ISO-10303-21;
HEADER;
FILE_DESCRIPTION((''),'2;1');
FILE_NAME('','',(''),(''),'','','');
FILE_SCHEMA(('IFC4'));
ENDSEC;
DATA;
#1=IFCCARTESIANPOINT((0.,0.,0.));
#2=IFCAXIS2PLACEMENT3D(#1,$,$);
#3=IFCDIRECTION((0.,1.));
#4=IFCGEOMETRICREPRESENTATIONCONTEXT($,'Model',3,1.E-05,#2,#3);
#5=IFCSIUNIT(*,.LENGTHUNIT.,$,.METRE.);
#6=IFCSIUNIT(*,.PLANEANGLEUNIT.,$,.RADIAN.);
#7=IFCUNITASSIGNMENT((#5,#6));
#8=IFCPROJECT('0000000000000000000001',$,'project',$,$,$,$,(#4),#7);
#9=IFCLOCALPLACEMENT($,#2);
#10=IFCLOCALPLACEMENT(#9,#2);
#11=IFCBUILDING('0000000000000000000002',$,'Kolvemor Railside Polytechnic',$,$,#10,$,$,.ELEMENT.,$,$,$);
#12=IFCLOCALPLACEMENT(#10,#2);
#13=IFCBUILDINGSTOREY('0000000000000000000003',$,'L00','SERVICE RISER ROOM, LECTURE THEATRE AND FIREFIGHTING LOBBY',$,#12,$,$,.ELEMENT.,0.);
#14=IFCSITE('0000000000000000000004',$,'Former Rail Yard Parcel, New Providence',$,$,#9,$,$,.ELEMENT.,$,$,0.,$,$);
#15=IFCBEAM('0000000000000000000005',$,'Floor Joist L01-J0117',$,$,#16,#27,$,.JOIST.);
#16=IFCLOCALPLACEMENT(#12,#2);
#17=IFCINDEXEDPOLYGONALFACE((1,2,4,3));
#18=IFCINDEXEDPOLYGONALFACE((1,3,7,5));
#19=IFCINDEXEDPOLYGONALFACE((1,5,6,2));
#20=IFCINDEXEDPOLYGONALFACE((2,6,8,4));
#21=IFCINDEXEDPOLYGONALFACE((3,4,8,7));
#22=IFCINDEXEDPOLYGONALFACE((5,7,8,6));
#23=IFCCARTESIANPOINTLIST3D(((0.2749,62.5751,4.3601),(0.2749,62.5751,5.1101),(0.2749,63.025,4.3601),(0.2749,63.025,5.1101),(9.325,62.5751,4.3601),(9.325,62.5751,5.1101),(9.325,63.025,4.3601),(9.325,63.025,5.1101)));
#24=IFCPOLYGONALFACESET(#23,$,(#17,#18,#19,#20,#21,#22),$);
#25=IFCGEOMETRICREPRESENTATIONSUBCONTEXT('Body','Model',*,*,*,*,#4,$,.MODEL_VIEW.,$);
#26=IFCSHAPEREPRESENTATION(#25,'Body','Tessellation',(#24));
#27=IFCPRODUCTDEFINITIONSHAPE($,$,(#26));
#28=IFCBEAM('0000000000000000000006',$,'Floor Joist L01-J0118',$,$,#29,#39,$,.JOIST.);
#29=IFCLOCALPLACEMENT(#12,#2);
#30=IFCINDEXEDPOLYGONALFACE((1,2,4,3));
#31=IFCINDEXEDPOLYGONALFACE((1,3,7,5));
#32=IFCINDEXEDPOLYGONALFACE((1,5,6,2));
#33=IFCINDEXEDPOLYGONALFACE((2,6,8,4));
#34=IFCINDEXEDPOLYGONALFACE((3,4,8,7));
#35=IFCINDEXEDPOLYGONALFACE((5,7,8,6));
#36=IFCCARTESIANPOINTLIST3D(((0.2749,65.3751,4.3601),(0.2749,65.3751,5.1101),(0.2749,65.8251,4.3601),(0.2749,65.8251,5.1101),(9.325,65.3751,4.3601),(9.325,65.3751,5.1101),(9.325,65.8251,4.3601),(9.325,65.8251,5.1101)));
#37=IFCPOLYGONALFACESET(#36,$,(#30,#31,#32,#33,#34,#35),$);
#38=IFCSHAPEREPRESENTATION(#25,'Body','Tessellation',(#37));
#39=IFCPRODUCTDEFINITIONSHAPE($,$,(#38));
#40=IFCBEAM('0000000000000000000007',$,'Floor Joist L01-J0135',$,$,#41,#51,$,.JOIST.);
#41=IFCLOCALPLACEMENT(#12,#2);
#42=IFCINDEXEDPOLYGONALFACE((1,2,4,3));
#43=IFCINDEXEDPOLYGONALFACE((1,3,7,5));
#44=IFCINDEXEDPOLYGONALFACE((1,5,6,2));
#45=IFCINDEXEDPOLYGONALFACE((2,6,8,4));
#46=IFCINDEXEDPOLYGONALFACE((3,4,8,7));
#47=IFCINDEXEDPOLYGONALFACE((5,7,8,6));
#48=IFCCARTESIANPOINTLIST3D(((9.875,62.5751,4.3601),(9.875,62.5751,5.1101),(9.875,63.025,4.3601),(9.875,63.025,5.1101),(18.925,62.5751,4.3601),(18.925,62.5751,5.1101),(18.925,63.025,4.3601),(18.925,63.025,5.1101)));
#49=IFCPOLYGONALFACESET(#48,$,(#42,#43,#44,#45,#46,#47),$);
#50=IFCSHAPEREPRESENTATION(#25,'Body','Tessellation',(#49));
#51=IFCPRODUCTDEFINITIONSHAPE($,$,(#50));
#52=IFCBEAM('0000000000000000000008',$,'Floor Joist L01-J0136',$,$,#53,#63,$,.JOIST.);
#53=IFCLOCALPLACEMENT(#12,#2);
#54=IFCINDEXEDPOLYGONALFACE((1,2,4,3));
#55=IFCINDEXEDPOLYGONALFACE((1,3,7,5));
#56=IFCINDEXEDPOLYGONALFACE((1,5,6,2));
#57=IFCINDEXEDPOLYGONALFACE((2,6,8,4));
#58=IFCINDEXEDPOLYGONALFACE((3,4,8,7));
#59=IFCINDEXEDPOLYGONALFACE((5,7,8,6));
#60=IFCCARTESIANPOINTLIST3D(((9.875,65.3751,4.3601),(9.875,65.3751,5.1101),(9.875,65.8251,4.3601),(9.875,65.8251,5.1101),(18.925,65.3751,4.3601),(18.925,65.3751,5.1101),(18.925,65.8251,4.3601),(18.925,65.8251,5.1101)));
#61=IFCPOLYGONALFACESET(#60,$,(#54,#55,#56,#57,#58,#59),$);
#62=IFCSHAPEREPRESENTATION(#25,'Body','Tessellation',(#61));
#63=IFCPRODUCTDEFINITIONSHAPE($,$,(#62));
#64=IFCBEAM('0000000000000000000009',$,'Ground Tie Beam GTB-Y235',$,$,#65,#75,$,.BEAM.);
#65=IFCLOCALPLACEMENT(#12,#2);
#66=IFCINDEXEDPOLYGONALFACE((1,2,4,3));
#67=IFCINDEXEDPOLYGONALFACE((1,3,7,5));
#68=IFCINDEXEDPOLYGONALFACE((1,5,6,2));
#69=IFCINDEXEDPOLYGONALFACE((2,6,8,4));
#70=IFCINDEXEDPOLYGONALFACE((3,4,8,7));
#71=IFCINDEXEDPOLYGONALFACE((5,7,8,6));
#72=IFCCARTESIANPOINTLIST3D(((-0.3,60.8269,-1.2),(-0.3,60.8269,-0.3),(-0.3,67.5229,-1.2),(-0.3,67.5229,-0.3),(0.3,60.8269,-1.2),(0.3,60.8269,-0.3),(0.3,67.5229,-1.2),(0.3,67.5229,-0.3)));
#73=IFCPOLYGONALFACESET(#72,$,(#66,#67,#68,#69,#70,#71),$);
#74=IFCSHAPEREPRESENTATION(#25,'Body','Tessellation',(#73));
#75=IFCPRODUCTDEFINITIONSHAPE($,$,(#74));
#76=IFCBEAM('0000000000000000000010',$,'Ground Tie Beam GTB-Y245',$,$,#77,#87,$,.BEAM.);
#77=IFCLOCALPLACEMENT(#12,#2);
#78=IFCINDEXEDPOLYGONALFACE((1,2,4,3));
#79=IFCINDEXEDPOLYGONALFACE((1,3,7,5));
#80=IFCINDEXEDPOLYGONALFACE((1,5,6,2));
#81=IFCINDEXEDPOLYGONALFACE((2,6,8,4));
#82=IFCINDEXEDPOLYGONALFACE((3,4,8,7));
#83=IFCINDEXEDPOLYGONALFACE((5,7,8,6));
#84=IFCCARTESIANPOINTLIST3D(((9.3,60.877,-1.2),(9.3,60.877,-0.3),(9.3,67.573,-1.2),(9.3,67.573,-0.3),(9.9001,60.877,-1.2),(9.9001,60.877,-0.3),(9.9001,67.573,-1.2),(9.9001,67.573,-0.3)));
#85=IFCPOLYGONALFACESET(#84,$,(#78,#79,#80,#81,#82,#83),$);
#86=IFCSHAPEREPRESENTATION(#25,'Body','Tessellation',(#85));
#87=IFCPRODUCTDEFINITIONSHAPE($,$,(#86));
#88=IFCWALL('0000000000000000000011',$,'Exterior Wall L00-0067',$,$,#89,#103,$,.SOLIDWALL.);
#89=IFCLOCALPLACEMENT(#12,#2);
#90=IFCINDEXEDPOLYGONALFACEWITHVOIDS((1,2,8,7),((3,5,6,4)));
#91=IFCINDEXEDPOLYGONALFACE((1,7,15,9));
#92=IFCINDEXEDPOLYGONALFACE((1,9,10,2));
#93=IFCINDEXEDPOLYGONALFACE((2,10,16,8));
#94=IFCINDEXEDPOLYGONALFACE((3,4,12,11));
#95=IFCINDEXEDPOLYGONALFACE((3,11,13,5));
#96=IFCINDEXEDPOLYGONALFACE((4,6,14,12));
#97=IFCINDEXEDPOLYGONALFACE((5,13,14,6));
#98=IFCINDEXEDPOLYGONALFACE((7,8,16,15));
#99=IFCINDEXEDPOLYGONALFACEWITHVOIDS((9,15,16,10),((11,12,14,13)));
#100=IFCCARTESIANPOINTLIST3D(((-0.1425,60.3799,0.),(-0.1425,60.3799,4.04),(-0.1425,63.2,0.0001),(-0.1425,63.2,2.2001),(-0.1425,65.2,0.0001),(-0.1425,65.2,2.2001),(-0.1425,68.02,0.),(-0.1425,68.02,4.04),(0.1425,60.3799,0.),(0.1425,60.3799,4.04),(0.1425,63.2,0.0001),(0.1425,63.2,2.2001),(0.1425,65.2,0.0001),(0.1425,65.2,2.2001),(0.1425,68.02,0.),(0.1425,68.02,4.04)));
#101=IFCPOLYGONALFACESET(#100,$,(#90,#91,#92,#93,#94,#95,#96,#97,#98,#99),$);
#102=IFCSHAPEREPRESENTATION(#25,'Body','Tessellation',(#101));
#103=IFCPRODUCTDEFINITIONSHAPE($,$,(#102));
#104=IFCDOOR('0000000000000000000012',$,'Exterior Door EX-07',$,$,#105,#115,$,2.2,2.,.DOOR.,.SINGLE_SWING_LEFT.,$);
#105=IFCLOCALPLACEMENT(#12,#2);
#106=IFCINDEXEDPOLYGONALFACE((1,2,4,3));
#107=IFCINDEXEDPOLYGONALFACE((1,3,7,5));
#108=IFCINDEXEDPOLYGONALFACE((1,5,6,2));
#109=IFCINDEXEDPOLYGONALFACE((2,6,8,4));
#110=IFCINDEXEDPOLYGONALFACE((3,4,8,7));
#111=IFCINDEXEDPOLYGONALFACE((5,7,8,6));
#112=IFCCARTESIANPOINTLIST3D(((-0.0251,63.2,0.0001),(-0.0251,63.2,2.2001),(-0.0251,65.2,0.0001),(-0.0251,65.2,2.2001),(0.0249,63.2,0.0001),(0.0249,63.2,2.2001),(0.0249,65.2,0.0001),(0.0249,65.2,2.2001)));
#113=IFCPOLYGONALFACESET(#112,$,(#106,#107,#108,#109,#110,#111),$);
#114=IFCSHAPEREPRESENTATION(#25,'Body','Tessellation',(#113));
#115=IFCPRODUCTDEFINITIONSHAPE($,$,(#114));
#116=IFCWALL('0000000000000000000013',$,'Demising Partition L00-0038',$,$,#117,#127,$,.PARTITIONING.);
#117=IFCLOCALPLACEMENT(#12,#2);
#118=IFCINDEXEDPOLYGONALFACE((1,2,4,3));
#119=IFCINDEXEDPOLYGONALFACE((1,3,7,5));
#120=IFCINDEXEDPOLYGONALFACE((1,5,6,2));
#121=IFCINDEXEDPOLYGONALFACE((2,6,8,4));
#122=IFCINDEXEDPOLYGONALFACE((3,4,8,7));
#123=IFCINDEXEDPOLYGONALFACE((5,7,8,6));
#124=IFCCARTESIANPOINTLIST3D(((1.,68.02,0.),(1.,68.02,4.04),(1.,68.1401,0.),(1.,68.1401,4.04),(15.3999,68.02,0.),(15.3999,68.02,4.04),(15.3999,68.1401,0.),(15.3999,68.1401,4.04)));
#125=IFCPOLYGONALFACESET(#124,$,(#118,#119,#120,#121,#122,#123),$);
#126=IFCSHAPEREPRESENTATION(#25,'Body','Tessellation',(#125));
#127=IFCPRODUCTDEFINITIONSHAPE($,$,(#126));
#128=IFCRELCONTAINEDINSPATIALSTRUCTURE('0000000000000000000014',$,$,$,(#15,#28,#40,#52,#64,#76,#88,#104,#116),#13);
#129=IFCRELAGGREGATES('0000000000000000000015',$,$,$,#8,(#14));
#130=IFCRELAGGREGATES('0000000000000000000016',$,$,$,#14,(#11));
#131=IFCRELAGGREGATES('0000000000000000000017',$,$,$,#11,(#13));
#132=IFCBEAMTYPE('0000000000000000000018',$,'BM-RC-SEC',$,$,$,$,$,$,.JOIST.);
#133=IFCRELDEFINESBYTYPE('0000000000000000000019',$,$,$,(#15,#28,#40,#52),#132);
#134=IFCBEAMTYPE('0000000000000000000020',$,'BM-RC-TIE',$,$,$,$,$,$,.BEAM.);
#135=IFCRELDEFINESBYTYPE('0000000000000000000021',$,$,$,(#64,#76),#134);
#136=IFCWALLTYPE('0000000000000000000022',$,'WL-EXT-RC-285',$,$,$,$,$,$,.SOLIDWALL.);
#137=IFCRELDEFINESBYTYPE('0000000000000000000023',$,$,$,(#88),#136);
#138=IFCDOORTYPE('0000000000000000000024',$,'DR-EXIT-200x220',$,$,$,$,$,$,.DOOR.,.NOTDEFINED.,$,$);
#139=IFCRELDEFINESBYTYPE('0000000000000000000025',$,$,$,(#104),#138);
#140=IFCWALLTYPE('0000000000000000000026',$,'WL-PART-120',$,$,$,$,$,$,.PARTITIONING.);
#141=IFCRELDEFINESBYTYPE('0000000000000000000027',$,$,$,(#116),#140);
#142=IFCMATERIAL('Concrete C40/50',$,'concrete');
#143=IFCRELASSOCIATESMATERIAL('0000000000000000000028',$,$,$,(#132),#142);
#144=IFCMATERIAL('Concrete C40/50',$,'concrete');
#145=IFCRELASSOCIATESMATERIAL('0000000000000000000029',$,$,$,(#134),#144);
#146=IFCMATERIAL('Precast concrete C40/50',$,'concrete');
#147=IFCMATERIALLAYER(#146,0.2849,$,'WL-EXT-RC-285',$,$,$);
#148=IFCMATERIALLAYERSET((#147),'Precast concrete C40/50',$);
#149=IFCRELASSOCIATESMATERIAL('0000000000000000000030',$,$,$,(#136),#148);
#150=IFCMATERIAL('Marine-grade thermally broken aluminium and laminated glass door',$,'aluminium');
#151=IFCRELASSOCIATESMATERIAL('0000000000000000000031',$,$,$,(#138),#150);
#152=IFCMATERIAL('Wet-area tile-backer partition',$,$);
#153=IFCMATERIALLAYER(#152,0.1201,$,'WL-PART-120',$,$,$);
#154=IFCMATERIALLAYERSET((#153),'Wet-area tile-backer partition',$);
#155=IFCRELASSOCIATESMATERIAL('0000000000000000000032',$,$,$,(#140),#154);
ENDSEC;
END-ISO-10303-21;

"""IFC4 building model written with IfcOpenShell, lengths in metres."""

from ifc_helpers import new_model, si_unit, direction, frame, frame_2d, origin, origin_2d, place, context, subcontext, project, spatial, rectangle, extrude, material, layer, layer_set, material_profile, profile_set, type_object, element, fill, save


model = new_model("IFC4")

# Units and contexts
model_context = context("Model", 3, precision=1e-05, world=origin(), true_north=direction((0.0, 1.0)))
body_context = subcontext(model_context, "Body", "Model", "MODEL_VIEW")
ifc_project = project(units=[si_unit("LENGTHUNIT", "METRE"), si_unit("PLANEANGLEUNIT", "RADIAN")], contexts=[model_context])

# Site, building, storey
site_placement = place(None, origin())
site = spatial("IfcSite", under=ifc_project, at=site_placement, Name="Former Rail Yard Parcel, New Providence", CompositionType="ELEMENT", RefElevation=0.0)
building_placement = place(site_placement, origin())
building = spatial("IfcBuilding", under=site, at=building_placement, Name="Kolvemor Railside Polytechnic", CompositionType="ELEMENT")
storey_placement = place(building_placement, origin())
storey = spatial("IfcBuildingStorey", under=building, at=storey_placement, Name="L00", Description="SERVICE RISER ROOM, LECTURE THEATRE AND FIREFIGHTING LOBBY", CompositionType="ELEMENT", Elevation=0.0)

# Beams
ifc_material_1 = material(Name="Concrete C40/50", Category="concrete")
ifc_material_profile_1 = material_profile(ifc_material_1, rectangle(XDim=0.45, YDim=0.75, at=origin_2d()), Name="RC450x750")
ifc_profile_set_1 = profile_set([ifc_material_profile_1], Name="Concrete C40/50")
beam_type_1 = type_object("IfcBeamType", Name="BM-RC-SEC", PredefinedType="JOIST", material=ifc_profile_set_1)
for number, where, z_axis, x_axis, name in (
    (1, (0.2749, 62.8, 4.7351), (1.0, 0.0, 0.0), (0.0, 1.0, 0.0), "Floor Joist L01-J0117"),
    (2, (0.2749, 65.6001, 4.7351), (1.0, 0.0, 0.0), (0.0, 1.0, 0.0), "Floor Joist L01-J0118"),
    (3, (9.875, 62.8, 4.7351), (1.0, 0.0, 0.0), (0.0, 1.0, 0.0), "Floor Joist L01-J0135"),
    (4, (9.875, 65.6001, 4.7351), (1.0, 0.0, 0.0), (0.0, 1.0, 0.0), "Floor Joist L01-J0136"),
):
    element("IfcBeam", number, at=place(storey_placement, frame(where, z_axis=z_axis, x_axis=x_axis)), inside=storey, type_object=beam_type_1, Name=name, PredefinedType="JOIST", context=body_context, shape_type="SweptSolid", body=[
        extrude(rectangle(XDim=0.45, YDim=0.75, at=origin_2d()), origin(), (0.0, 0.0, 1.0), 9.05),
    ])
ifc_material_2 = material(Name="Concrete C40/50", Category="concrete")
ifc_material_profile_2 = material_profile(ifc_material_2, rectangle(XDim=0.6001, YDim=0.8999, at=origin_2d()), Name="RC600x900")
ifc_profile_set_2 = profile_set([ifc_material_profile_2], Name="Concrete C40/50")
beam_type_2 = type_object("IfcBeamType", Name="BM-RC-TIE", PredefinedType="BEAM", material=ifc_profile_set_2)
for number, where, z_axis, x_axis, name in (
    (5, (0.0, 60.8269, -0.75), (0.0, 1.0, 0.0), (-1.0, 0.0, 0.0), "Ground Tie Beam GTB-Y235"),
    (6, (9.6001, 60.877, -0.75), (0.0, 1.0, 0.0), (-1.0, 0.0, 0.0), "Ground Tie Beam GTB-Y245"),
):
    element("IfcBeam", number, at=place(storey_placement, frame(where, z_axis=z_axis, x_axis=x_axis)), inside=storey, type_object=beam_type_2, Name=name, PredefinedType="BEAM", context=body_context, shape_type="SweptSolid", body=[
        extrude(rectangle(XDim=0.6001, YDim=0.8999, at=origin_2d()), origin(), (0.0, 0.0, 1.0), 6.696),
    ])

# Wall, opening, door
ifc_material_3 = material(Name="Precast concrete C40/50", Category="concrete")
ifc_layer_1 = layer(ifc_material_3, 0.2849, Name="WL-EXT-RC-285")
ifc_layer_set_1 = layer_set([ifc_layer_1], Name="Precast concrete C40/50")
wall_type_1 = type_object("IfcWallType", Name="WL-EXT-RC-285", PredefinedType="SOLIDWALL", material=ifc_layer_set_1)
wall_1_placement = place(storey_placement, frame((0.0, 68.02, 0.0), z_axis=(0.0, 0.0, 1.0), x_axis=(0.0, -1.0, 0.0)))
wall_1 = element("IfcWall", 7, at=wall_1_placement, inside=storey, type_object=wall_type_1, Name="Exterior Wall L00-0067", PredefinedType="SOLIDWALL", context=body_context, shape_type="SweptSolid", body=[
    extrude(rectangle(XDim=7.6401, YDim=0.2849, at=frame_2d((3.8201, 0.0))), origin(), (0.0, 0.0, 1.0), 4.04),
])
opening_placement = place(wall_1_placement, frame((2.8201, 0.0, 0.0)))
opening = element("IfcOpeningElement", 8, at=opening_placement, cuts=wall_1, PredefinedType="OPENING", context=body_context, shape_type="SweptSolid", body=[
    extrude(rectangle(XDim=2.0, YDim=2.2, at=frame_2d((1.0, 1.1001))), frame((0.0, 0.1523, 0.0), z_axis=(0.0, -1.0, 0.0), x_axis=(1.0, 0.0, 0.0)), (0.0, 0.0, 1.0), 0.3049),
])
ifc_material_4 = material(Name="Marine-grade thermally broken aluminium and laminated glass door", Category="aluminium")
door_type = type_object("IfcDoorType", Name="DR-EXIT-200x220", OperationType="NOTDEFINED", PredefinedType="DOOR", material=ifc_material_4)
door_placement = place(opening_placement, origin())
door = element("IfcDoor", 9, at=door_placement, inside=storey, type_object=door_type, Name="Exterior Door EX-07", OperationType="SINGLE_SWING_LEFT", OverallHeight=2.2, OverallWidth=2.0, PredefinedType="DOOR", context=body_context, shape_type="SweptSolid", body=[
    extrude(rectangle(XDim=2.0, YDim=2.2, at=frame_2d((1.0, 1.1001))), frame((0.0, 0.0249, 0.0), z_axis=(0.0, -1.0, 0.0), x_axis=(1.0, 0.0, 0.0)), (0.0, 0.0, 1.0), 0.05),
])
fill(opening, door)

# Wall
ifc_material_5 = material(Name="Wet-area tile-backer partition")
ifc_layer_2 = layer(ifc_material_5, 0.1201, Name="WL-PART-120")
ifc_layer_set_2 = layer_set([ifc_layer_2], Name="Wet-area tile-backer partition")
wall_type_2 = type_object("IfcWallType", Name="WL-PART-120", PredefinedType="PARTITIONING", material=ifc_layer_set_2)
wall_2_placement = place(storey_placement, frame((1.0, 68.0801, 0.0), z_axis=(0.0, 0.0, 1.0), x_axis=(1.0, 0.0, 0.0)))
element("IfcWall", 10, at=wall_2_placement, inside=storey, type_object=wall_type_2, Name="Demising Partition L00-0038", PredefinedType="PARTITIONING", context=body_context, shape_type="SweptSolid", body=[
    extrude(rectangle(XDim=14.3999, YDim=0.1201, at=frame_2d((7.2, 0.0))), origin(), (0.0, 0.0, 1.0), 4.04),
])

save(model, "model.ifc")
